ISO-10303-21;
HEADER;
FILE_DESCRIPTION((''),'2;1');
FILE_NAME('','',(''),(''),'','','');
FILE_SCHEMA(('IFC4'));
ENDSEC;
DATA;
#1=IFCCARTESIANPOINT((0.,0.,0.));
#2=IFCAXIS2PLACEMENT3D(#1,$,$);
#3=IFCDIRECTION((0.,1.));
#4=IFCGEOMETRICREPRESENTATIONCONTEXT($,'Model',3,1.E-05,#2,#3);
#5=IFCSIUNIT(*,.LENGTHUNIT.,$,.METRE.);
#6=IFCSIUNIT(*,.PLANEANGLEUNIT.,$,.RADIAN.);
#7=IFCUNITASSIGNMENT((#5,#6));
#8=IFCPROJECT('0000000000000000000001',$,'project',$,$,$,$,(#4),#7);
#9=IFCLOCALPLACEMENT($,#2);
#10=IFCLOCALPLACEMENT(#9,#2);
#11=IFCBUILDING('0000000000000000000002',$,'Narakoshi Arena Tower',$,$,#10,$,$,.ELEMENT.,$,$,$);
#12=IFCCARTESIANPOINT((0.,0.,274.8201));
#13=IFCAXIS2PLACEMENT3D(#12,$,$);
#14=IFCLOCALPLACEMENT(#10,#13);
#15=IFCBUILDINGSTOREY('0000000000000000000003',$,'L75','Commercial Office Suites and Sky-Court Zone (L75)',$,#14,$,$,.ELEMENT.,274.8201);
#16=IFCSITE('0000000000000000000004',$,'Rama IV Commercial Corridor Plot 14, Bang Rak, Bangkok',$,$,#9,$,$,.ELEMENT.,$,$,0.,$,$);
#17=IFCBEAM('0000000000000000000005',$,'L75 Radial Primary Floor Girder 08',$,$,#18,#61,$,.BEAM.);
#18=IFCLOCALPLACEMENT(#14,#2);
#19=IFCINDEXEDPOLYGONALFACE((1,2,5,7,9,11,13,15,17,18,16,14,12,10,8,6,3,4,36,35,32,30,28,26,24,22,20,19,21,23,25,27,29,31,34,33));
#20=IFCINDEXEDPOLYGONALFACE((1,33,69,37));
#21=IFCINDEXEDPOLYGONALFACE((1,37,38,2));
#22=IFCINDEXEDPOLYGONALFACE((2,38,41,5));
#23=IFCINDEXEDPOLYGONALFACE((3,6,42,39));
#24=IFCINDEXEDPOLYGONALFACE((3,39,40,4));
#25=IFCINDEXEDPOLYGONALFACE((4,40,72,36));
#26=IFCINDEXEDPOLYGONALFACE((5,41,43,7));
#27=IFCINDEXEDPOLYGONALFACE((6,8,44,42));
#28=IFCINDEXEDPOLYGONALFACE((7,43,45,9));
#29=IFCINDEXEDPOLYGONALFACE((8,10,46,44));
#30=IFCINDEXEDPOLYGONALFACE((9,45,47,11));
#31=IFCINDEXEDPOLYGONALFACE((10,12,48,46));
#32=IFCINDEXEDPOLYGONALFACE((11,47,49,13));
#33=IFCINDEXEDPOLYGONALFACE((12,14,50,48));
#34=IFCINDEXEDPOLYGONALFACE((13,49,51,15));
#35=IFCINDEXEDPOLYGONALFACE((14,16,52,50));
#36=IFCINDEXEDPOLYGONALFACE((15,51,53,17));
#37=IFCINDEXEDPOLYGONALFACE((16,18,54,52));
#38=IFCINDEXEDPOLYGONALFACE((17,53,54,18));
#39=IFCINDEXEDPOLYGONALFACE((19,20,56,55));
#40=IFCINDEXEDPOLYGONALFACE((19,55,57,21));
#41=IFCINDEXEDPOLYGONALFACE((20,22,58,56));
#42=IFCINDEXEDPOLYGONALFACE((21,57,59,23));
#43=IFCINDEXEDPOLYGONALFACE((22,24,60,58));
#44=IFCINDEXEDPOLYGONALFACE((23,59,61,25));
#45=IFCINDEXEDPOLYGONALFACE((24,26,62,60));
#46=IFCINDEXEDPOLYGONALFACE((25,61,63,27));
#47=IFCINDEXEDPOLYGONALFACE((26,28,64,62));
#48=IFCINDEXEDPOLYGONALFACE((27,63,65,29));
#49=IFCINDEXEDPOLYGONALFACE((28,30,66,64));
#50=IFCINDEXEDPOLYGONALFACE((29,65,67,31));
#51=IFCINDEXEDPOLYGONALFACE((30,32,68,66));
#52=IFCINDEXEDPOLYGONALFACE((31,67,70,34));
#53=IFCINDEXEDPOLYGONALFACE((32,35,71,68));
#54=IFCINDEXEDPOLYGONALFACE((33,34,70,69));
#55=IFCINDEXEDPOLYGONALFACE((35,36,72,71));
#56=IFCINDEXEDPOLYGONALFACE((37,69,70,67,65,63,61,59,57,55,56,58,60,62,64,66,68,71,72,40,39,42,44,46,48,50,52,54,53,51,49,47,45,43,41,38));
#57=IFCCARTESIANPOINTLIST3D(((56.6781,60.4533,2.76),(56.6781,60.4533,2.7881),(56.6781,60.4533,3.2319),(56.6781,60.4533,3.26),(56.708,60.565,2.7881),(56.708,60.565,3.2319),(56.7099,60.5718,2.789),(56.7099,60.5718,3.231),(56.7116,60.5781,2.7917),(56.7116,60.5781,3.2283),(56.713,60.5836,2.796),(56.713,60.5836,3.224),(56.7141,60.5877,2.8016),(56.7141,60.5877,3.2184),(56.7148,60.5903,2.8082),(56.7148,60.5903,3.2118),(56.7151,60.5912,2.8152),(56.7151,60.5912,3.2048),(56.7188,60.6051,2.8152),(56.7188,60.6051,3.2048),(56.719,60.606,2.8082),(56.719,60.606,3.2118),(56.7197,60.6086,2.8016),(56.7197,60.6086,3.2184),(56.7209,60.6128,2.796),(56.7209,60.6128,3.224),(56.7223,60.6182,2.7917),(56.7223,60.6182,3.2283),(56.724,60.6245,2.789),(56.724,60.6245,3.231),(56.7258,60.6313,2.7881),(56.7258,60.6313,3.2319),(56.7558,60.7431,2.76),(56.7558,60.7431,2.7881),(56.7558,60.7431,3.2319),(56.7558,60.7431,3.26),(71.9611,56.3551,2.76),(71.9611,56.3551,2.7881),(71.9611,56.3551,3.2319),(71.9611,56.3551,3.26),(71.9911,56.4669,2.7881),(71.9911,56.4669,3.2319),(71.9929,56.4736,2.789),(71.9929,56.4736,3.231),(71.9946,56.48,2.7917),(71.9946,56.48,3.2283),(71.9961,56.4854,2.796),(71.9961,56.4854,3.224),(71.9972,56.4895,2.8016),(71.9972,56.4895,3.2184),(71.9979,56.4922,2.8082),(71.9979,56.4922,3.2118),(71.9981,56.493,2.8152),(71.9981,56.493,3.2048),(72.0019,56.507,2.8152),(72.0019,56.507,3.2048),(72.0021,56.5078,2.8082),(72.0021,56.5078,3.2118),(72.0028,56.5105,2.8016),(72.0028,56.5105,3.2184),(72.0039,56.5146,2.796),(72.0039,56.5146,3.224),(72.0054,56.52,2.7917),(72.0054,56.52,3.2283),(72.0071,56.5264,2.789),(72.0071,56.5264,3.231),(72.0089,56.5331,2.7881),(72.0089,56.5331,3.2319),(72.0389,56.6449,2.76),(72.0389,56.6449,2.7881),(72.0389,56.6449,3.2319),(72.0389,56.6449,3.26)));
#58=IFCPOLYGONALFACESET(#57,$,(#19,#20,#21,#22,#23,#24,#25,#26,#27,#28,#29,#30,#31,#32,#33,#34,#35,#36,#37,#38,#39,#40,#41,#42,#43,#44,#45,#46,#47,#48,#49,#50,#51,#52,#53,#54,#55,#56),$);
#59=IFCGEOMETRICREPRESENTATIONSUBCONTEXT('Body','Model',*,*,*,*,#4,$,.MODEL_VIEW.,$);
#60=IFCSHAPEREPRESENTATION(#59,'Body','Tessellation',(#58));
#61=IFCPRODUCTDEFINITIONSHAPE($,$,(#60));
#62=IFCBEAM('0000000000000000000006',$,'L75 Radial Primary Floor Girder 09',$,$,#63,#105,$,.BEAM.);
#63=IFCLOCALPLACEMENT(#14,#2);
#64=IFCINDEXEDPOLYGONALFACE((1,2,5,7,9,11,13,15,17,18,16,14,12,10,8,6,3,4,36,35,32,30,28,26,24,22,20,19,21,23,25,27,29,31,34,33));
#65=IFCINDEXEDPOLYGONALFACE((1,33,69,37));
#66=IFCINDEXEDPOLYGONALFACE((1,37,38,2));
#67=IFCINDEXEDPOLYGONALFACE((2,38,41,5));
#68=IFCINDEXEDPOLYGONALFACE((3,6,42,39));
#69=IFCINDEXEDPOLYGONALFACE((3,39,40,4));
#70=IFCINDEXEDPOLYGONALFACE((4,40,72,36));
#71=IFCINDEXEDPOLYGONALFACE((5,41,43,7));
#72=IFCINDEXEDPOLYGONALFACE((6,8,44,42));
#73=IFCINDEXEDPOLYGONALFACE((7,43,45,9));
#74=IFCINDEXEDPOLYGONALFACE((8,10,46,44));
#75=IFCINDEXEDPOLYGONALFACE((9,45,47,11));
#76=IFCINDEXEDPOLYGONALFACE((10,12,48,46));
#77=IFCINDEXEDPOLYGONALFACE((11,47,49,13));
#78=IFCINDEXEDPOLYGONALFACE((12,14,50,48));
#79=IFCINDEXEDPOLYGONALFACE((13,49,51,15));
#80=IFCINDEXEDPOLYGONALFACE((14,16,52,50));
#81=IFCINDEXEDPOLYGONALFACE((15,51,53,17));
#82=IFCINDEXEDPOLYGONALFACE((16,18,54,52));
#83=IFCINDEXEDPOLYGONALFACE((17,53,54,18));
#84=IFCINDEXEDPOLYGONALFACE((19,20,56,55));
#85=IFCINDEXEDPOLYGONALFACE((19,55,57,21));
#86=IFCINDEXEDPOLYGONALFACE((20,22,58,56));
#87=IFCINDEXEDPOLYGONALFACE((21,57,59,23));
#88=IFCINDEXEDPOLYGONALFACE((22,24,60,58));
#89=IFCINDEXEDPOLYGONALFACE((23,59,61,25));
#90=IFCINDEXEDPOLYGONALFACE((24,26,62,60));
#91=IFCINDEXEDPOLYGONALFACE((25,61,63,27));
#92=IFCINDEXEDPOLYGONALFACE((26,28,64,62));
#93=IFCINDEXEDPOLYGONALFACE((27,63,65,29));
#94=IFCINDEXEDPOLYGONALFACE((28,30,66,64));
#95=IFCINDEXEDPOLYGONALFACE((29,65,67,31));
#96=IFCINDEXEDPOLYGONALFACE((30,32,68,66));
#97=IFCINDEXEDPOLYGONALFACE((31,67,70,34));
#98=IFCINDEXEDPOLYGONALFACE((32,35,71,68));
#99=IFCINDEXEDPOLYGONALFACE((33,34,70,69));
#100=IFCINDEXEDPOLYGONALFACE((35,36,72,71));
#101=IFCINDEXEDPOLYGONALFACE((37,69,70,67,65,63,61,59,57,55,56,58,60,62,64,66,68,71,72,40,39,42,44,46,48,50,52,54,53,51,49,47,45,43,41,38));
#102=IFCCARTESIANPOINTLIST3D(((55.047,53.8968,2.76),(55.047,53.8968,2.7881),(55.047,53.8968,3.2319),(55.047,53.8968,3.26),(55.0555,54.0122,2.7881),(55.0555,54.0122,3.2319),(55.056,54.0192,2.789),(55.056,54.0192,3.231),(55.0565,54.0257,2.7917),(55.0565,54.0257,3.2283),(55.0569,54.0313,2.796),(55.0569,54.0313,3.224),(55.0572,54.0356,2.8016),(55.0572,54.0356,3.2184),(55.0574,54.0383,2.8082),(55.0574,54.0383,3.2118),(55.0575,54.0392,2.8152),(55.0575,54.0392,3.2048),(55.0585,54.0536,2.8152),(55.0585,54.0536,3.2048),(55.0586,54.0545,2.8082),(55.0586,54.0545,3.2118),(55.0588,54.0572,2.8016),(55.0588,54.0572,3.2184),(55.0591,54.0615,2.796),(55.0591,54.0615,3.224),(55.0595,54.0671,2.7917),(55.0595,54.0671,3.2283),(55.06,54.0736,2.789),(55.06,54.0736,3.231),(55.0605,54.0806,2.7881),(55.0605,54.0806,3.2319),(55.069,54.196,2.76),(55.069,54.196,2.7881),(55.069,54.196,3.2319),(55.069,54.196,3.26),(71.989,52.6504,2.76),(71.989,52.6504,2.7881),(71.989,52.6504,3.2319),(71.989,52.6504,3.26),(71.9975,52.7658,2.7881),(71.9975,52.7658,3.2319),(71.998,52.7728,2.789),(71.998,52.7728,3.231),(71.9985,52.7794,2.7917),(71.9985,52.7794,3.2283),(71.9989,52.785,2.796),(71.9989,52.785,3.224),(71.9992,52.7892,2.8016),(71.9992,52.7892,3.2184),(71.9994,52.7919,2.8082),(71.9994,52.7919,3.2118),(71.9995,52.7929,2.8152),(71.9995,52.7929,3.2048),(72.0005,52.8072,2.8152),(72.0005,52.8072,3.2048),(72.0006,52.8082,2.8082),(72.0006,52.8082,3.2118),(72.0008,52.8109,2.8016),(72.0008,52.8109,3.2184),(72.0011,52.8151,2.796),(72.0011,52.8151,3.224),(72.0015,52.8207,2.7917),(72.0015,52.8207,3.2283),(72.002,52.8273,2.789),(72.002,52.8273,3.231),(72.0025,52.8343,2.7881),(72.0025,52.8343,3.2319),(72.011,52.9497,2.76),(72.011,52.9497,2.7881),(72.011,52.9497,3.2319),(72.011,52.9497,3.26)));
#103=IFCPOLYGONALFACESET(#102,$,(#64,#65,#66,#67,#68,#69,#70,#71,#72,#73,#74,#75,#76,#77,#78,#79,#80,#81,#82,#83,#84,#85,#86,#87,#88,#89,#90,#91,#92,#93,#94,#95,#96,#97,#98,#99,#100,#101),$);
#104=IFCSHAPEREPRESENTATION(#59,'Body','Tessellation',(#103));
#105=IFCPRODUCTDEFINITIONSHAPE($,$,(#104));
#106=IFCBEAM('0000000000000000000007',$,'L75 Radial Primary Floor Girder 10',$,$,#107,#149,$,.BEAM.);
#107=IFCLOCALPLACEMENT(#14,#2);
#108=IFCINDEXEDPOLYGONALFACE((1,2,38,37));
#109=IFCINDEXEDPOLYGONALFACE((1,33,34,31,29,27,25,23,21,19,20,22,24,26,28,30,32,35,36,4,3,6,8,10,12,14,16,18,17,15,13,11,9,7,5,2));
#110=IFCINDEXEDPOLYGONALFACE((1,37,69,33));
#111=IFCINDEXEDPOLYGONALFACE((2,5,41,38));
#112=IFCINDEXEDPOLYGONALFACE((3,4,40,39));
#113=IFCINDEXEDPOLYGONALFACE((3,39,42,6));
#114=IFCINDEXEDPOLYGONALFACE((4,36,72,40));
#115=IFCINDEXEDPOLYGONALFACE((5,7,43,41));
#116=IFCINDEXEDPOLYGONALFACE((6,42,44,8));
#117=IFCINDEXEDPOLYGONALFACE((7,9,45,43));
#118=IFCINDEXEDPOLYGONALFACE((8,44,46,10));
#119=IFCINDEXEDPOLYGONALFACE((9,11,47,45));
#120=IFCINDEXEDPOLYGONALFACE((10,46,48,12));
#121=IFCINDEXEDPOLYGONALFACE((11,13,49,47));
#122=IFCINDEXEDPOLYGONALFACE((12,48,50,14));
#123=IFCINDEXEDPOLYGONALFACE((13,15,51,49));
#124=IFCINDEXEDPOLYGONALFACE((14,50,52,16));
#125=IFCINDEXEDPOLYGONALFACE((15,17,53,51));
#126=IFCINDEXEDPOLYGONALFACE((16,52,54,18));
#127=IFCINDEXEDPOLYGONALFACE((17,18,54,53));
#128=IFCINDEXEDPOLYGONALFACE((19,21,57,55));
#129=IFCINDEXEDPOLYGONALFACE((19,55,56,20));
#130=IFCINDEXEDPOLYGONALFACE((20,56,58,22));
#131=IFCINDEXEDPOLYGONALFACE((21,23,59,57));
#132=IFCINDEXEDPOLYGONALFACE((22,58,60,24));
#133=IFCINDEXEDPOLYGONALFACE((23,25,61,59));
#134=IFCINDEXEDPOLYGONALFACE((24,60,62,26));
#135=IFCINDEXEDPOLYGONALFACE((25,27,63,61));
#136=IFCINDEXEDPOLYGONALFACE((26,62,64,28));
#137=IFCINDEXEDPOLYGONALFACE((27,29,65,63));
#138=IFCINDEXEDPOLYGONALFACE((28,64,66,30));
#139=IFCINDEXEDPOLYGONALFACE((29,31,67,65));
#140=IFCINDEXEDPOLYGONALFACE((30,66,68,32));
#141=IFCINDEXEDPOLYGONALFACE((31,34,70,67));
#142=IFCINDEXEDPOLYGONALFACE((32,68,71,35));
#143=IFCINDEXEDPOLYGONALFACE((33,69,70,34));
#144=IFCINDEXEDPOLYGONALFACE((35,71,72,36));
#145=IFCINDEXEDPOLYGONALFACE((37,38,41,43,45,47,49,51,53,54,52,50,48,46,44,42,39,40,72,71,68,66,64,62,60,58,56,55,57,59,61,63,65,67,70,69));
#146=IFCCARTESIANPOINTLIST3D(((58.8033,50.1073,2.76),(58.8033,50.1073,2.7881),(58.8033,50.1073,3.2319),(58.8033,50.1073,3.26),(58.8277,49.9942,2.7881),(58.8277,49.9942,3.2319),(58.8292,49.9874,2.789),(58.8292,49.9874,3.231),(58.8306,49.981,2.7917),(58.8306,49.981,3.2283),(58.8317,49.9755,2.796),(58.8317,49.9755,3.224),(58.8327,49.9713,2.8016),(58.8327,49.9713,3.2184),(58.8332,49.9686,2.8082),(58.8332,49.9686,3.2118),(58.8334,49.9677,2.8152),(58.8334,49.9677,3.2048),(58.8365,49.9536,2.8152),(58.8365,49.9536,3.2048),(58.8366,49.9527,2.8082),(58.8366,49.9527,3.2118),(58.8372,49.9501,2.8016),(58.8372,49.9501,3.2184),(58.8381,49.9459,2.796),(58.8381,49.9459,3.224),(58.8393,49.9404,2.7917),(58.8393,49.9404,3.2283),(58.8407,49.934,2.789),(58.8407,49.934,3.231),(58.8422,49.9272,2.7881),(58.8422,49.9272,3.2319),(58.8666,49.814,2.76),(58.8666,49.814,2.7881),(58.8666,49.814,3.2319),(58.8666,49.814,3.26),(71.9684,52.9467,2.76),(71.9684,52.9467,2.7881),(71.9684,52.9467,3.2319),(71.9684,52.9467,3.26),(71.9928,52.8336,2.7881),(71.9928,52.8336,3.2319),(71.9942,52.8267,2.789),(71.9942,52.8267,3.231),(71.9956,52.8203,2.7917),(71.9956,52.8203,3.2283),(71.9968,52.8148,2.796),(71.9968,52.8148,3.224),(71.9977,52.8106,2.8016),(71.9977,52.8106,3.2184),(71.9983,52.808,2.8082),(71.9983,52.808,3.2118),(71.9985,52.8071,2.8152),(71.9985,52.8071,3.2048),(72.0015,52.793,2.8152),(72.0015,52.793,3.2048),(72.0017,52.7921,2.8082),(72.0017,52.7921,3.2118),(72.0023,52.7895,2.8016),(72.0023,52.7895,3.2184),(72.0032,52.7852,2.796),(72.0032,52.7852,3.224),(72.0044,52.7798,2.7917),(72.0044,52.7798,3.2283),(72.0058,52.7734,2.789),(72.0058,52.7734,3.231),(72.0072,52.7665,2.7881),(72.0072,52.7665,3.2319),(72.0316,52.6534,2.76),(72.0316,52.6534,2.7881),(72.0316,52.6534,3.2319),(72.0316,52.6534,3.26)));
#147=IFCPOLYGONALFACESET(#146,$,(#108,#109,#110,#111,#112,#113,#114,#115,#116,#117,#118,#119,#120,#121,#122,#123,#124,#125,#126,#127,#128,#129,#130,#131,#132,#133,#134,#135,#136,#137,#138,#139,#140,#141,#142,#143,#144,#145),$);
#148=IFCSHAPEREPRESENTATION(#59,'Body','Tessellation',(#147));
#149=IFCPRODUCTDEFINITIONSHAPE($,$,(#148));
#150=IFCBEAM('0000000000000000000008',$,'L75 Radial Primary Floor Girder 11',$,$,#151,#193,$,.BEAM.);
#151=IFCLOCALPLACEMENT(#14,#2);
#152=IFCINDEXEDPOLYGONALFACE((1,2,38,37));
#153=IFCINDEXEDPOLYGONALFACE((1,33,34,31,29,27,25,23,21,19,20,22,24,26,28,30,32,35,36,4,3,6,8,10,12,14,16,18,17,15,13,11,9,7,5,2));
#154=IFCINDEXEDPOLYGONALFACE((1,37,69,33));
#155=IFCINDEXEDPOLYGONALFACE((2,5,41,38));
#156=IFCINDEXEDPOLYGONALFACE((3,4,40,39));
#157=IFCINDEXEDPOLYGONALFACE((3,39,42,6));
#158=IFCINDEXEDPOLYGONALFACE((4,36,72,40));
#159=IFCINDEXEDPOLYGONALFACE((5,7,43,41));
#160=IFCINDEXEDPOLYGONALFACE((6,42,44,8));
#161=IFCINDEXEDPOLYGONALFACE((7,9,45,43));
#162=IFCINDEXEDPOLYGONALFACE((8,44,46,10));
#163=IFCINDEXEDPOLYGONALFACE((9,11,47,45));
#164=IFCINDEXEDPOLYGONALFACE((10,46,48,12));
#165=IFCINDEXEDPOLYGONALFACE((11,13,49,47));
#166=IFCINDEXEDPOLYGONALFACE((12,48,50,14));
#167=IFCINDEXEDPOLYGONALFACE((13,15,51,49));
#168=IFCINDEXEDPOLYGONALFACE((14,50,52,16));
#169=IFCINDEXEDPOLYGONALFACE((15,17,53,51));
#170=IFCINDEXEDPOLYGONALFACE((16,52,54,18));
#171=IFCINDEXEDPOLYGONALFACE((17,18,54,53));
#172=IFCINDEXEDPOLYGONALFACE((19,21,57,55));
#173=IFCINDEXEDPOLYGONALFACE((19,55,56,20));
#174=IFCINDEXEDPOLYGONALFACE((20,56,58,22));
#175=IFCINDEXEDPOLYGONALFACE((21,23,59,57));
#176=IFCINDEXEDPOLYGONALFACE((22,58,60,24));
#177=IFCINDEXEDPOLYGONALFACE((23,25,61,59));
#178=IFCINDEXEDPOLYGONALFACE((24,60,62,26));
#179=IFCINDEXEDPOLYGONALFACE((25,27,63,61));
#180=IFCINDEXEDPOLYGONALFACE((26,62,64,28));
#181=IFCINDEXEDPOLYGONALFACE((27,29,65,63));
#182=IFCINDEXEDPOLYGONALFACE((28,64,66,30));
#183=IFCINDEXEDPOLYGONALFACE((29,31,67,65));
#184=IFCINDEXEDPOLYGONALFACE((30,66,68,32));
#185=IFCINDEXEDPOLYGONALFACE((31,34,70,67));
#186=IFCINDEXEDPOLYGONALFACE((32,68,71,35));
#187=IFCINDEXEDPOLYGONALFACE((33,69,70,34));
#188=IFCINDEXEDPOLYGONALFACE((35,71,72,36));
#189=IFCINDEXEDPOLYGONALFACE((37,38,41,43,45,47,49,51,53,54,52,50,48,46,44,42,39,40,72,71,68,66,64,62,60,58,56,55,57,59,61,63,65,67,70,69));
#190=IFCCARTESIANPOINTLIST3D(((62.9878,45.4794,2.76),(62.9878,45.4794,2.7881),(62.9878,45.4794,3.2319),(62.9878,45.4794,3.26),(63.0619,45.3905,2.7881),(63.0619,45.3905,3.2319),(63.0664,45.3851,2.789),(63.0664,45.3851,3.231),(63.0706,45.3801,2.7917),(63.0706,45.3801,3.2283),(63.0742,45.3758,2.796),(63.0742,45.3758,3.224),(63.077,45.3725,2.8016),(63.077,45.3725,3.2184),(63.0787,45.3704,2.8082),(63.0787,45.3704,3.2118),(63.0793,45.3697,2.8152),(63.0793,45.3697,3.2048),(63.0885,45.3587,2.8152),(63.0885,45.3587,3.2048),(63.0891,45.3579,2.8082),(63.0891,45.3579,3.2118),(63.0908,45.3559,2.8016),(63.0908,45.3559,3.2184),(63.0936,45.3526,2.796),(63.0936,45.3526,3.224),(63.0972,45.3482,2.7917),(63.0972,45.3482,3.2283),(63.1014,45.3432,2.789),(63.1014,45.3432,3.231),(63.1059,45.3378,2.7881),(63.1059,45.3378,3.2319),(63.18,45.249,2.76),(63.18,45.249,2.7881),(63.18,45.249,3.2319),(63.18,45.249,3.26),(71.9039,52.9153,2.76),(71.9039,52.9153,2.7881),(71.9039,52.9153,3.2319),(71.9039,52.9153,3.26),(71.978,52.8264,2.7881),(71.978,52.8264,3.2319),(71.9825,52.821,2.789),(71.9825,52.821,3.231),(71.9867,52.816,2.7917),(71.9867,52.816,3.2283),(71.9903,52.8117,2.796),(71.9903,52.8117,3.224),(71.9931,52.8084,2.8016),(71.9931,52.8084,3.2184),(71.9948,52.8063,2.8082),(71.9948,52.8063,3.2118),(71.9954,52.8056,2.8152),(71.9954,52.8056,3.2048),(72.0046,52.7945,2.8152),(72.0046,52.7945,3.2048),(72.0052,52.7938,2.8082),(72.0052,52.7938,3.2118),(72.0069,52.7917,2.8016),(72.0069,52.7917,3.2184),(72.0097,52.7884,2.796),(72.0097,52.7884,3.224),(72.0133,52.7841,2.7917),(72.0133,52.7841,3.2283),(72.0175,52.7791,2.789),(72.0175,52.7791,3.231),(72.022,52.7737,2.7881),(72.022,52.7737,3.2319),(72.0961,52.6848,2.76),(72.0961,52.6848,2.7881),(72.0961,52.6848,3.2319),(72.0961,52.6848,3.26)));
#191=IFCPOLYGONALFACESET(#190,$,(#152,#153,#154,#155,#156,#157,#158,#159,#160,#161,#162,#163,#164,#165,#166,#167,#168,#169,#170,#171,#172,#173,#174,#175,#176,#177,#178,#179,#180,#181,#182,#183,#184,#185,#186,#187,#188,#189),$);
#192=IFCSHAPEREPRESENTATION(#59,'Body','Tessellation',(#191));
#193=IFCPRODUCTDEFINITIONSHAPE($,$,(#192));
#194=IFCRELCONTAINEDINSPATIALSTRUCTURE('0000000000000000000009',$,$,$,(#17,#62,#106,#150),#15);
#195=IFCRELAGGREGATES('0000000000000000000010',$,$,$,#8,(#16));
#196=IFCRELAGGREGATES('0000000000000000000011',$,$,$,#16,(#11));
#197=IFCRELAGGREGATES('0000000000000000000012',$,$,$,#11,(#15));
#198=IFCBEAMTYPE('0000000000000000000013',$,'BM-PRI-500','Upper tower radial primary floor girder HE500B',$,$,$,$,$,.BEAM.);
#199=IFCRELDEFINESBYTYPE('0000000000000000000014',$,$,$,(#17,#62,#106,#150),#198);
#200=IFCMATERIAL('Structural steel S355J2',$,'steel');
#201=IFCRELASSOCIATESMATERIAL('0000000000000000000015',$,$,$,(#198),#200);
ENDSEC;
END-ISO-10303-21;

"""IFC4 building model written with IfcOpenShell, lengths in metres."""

from ifc_helpers import new_model, si_unit, direction, frame, origin, origin_2d, place, context, subcontext, project, spatial, i_section, extrude, material, material_profile, profile_set, type_object, element, save


model = new_model("IFC4")

# Units and contexts
model_context = context("Model", 3, precision=1e-05, world=origin(), true_north=direction((0.0, 1.0)))
body_context = subcontext(model_context, "Body", "Model", "MODEL_VIEW")
ifc_project = project(units=[si_unit("LENGTHUNIT", "METRE"), si_unit("PLANEANGLEUNIT", "RADIAN")], contexts=[model_context])

# Site, building, storey
site_placement = place(None, origin())
site = spatial("IfcSite", under=ifc_project, at=site_placement, Name="Rama IV Commercial Corridor Plot 14, Bang Rak, Bangkok", CompositionType="ELEMENT", RefElevation=0.0)
building_placement = place(site_placement, origin())
building = spatial("IfcBuilding", under=site, at=building_placement, Name="Narakoshi Arena Tower", CompositionType="ELEMENT")
storey_placement = place(building_placement, frame((0.0, 0.0, 274.8201)))
storey = spatial("IfcBuildingStorey", under=building, at=storey_placement, Name="L75", Description="Commercial Office Suites and Sky-Court Zone (L75)", CompositionType="ELEMENT", Elevation=274.8201)

# Beams
ifc_material_1 = material(Name="Structural steel S355J2", Category="steel")
ifc_material_profile_1 = material_profile(ifc_material_1, i_section(OverallWidth=0.3, OverallDepth=0.5, WebThickness=0.0144, FlangeThickness=0.0281, FilletRadius=0.0271, at=origin_2d()), Name="HE500B")
ifc_profile_set_1 = profile_set([ifc_material_profile_1], Name="Structural steel S355J2")
beam_type = type_object("IfcBeamType", Name="BM-PRI-500", Description="Upper tower radial primary floor girder HE500B", PredefinedType="BEAM", material=ifc_profile_set_1)
beam_1_placement = place(storey_placement, frame((72.0, 56.5, 3.01), z_axis=(-0.965877, 0.259001, 0.0), x_axis=(-0.259001, -0.965877, 0.0)))
element("IfcBeam", 1, at=beam_1_placement, inside=storey, type_object=beam_type, Name="L75 Radial Primary Floor Girder 08", PredefinedType="BEAM", context=body_context, shape_type="SweptSolid", body=[
    extrude(i_section(OverallWidth=0.3, OverallDepth=0.5, WebThickness=0.0144, FlangeThickness=0.0281, FilletRadius=0.0271, at=origin_2d()), origin(), (0.0, 0.0, 1.0), 15.823),
])
beam_2_placement = place(storey_placement, frame((72.0, 52.8, 3.01), z_axis=(-0.997305, 0.073367, 0.0), x_axis=(-0.073367, -0.997305, 0.0)))
element("IfcBeam", 2, at=beam_2_placement, inside=storey, type_object=beam_type, Name="L75 Radial Primary Floor Girder 09", PredefinedType="BEAM", context=body_context, shape_type="SweptSolid", body=[
    extrude(i_section(OverallWidth=0.3, OverallDepth=0.5, WebThickness=0.0144, FlangeThickness=0.0281, FilletRadius=0.0271, at=origin_2d()), origin(), (0.0, 0.0, 1.0), 16.9878),
])
beam_3_placement = place(storey_placement, frame((72.0, 52.8, 3.01), z_axis=(-0.977524, -0.210826, 0.0), x_axis=(0.210826, -0.977524, 0.0)))
element("IfcBeam", 3, at=beam_3_placement, inside=storey, type_object=beam_type, Name="L75 Radial Primary Floor Girder 10", PredefinedType="BEAM", context=body_context, shape_type="SweptSolid", body=[
    extrude(i_section(OverallWidth=0.3, OverallDepth=0.5, WebThickness=0.0144, FlangeThickness=0.0281, FilletRadius=0.0271, at=origin_2d()), origin(), (0.0, 0.0, 1.0), 13.4678),
])
beam_4_placement = place(storey_placement, frame((72.0, 52.8, 3.01), z_axis=(-0.767976, -0.640478, 0.0), x_axis=(0.640478, -0.767976, 0.0)))
element("IfcBeam", 4, at=beam_4_placement, inside=storey, type_object=beam_type, Name="L75 Radial Primary Floor Girder 11", PredefinedType="BEAM", context=body_context, shape_type="SweptSolid", body=[
    extrude(i_section(OverallWidth=0.3, OverallDepth=0.5, WebThickness=0.0144, FlangeThickness=0.0281, FilletRadius=0.0271, at=origin_2d()), origin(), (0.0, 0.0, 1.0), 11.6099),
])

save(model, "model.ifc")
